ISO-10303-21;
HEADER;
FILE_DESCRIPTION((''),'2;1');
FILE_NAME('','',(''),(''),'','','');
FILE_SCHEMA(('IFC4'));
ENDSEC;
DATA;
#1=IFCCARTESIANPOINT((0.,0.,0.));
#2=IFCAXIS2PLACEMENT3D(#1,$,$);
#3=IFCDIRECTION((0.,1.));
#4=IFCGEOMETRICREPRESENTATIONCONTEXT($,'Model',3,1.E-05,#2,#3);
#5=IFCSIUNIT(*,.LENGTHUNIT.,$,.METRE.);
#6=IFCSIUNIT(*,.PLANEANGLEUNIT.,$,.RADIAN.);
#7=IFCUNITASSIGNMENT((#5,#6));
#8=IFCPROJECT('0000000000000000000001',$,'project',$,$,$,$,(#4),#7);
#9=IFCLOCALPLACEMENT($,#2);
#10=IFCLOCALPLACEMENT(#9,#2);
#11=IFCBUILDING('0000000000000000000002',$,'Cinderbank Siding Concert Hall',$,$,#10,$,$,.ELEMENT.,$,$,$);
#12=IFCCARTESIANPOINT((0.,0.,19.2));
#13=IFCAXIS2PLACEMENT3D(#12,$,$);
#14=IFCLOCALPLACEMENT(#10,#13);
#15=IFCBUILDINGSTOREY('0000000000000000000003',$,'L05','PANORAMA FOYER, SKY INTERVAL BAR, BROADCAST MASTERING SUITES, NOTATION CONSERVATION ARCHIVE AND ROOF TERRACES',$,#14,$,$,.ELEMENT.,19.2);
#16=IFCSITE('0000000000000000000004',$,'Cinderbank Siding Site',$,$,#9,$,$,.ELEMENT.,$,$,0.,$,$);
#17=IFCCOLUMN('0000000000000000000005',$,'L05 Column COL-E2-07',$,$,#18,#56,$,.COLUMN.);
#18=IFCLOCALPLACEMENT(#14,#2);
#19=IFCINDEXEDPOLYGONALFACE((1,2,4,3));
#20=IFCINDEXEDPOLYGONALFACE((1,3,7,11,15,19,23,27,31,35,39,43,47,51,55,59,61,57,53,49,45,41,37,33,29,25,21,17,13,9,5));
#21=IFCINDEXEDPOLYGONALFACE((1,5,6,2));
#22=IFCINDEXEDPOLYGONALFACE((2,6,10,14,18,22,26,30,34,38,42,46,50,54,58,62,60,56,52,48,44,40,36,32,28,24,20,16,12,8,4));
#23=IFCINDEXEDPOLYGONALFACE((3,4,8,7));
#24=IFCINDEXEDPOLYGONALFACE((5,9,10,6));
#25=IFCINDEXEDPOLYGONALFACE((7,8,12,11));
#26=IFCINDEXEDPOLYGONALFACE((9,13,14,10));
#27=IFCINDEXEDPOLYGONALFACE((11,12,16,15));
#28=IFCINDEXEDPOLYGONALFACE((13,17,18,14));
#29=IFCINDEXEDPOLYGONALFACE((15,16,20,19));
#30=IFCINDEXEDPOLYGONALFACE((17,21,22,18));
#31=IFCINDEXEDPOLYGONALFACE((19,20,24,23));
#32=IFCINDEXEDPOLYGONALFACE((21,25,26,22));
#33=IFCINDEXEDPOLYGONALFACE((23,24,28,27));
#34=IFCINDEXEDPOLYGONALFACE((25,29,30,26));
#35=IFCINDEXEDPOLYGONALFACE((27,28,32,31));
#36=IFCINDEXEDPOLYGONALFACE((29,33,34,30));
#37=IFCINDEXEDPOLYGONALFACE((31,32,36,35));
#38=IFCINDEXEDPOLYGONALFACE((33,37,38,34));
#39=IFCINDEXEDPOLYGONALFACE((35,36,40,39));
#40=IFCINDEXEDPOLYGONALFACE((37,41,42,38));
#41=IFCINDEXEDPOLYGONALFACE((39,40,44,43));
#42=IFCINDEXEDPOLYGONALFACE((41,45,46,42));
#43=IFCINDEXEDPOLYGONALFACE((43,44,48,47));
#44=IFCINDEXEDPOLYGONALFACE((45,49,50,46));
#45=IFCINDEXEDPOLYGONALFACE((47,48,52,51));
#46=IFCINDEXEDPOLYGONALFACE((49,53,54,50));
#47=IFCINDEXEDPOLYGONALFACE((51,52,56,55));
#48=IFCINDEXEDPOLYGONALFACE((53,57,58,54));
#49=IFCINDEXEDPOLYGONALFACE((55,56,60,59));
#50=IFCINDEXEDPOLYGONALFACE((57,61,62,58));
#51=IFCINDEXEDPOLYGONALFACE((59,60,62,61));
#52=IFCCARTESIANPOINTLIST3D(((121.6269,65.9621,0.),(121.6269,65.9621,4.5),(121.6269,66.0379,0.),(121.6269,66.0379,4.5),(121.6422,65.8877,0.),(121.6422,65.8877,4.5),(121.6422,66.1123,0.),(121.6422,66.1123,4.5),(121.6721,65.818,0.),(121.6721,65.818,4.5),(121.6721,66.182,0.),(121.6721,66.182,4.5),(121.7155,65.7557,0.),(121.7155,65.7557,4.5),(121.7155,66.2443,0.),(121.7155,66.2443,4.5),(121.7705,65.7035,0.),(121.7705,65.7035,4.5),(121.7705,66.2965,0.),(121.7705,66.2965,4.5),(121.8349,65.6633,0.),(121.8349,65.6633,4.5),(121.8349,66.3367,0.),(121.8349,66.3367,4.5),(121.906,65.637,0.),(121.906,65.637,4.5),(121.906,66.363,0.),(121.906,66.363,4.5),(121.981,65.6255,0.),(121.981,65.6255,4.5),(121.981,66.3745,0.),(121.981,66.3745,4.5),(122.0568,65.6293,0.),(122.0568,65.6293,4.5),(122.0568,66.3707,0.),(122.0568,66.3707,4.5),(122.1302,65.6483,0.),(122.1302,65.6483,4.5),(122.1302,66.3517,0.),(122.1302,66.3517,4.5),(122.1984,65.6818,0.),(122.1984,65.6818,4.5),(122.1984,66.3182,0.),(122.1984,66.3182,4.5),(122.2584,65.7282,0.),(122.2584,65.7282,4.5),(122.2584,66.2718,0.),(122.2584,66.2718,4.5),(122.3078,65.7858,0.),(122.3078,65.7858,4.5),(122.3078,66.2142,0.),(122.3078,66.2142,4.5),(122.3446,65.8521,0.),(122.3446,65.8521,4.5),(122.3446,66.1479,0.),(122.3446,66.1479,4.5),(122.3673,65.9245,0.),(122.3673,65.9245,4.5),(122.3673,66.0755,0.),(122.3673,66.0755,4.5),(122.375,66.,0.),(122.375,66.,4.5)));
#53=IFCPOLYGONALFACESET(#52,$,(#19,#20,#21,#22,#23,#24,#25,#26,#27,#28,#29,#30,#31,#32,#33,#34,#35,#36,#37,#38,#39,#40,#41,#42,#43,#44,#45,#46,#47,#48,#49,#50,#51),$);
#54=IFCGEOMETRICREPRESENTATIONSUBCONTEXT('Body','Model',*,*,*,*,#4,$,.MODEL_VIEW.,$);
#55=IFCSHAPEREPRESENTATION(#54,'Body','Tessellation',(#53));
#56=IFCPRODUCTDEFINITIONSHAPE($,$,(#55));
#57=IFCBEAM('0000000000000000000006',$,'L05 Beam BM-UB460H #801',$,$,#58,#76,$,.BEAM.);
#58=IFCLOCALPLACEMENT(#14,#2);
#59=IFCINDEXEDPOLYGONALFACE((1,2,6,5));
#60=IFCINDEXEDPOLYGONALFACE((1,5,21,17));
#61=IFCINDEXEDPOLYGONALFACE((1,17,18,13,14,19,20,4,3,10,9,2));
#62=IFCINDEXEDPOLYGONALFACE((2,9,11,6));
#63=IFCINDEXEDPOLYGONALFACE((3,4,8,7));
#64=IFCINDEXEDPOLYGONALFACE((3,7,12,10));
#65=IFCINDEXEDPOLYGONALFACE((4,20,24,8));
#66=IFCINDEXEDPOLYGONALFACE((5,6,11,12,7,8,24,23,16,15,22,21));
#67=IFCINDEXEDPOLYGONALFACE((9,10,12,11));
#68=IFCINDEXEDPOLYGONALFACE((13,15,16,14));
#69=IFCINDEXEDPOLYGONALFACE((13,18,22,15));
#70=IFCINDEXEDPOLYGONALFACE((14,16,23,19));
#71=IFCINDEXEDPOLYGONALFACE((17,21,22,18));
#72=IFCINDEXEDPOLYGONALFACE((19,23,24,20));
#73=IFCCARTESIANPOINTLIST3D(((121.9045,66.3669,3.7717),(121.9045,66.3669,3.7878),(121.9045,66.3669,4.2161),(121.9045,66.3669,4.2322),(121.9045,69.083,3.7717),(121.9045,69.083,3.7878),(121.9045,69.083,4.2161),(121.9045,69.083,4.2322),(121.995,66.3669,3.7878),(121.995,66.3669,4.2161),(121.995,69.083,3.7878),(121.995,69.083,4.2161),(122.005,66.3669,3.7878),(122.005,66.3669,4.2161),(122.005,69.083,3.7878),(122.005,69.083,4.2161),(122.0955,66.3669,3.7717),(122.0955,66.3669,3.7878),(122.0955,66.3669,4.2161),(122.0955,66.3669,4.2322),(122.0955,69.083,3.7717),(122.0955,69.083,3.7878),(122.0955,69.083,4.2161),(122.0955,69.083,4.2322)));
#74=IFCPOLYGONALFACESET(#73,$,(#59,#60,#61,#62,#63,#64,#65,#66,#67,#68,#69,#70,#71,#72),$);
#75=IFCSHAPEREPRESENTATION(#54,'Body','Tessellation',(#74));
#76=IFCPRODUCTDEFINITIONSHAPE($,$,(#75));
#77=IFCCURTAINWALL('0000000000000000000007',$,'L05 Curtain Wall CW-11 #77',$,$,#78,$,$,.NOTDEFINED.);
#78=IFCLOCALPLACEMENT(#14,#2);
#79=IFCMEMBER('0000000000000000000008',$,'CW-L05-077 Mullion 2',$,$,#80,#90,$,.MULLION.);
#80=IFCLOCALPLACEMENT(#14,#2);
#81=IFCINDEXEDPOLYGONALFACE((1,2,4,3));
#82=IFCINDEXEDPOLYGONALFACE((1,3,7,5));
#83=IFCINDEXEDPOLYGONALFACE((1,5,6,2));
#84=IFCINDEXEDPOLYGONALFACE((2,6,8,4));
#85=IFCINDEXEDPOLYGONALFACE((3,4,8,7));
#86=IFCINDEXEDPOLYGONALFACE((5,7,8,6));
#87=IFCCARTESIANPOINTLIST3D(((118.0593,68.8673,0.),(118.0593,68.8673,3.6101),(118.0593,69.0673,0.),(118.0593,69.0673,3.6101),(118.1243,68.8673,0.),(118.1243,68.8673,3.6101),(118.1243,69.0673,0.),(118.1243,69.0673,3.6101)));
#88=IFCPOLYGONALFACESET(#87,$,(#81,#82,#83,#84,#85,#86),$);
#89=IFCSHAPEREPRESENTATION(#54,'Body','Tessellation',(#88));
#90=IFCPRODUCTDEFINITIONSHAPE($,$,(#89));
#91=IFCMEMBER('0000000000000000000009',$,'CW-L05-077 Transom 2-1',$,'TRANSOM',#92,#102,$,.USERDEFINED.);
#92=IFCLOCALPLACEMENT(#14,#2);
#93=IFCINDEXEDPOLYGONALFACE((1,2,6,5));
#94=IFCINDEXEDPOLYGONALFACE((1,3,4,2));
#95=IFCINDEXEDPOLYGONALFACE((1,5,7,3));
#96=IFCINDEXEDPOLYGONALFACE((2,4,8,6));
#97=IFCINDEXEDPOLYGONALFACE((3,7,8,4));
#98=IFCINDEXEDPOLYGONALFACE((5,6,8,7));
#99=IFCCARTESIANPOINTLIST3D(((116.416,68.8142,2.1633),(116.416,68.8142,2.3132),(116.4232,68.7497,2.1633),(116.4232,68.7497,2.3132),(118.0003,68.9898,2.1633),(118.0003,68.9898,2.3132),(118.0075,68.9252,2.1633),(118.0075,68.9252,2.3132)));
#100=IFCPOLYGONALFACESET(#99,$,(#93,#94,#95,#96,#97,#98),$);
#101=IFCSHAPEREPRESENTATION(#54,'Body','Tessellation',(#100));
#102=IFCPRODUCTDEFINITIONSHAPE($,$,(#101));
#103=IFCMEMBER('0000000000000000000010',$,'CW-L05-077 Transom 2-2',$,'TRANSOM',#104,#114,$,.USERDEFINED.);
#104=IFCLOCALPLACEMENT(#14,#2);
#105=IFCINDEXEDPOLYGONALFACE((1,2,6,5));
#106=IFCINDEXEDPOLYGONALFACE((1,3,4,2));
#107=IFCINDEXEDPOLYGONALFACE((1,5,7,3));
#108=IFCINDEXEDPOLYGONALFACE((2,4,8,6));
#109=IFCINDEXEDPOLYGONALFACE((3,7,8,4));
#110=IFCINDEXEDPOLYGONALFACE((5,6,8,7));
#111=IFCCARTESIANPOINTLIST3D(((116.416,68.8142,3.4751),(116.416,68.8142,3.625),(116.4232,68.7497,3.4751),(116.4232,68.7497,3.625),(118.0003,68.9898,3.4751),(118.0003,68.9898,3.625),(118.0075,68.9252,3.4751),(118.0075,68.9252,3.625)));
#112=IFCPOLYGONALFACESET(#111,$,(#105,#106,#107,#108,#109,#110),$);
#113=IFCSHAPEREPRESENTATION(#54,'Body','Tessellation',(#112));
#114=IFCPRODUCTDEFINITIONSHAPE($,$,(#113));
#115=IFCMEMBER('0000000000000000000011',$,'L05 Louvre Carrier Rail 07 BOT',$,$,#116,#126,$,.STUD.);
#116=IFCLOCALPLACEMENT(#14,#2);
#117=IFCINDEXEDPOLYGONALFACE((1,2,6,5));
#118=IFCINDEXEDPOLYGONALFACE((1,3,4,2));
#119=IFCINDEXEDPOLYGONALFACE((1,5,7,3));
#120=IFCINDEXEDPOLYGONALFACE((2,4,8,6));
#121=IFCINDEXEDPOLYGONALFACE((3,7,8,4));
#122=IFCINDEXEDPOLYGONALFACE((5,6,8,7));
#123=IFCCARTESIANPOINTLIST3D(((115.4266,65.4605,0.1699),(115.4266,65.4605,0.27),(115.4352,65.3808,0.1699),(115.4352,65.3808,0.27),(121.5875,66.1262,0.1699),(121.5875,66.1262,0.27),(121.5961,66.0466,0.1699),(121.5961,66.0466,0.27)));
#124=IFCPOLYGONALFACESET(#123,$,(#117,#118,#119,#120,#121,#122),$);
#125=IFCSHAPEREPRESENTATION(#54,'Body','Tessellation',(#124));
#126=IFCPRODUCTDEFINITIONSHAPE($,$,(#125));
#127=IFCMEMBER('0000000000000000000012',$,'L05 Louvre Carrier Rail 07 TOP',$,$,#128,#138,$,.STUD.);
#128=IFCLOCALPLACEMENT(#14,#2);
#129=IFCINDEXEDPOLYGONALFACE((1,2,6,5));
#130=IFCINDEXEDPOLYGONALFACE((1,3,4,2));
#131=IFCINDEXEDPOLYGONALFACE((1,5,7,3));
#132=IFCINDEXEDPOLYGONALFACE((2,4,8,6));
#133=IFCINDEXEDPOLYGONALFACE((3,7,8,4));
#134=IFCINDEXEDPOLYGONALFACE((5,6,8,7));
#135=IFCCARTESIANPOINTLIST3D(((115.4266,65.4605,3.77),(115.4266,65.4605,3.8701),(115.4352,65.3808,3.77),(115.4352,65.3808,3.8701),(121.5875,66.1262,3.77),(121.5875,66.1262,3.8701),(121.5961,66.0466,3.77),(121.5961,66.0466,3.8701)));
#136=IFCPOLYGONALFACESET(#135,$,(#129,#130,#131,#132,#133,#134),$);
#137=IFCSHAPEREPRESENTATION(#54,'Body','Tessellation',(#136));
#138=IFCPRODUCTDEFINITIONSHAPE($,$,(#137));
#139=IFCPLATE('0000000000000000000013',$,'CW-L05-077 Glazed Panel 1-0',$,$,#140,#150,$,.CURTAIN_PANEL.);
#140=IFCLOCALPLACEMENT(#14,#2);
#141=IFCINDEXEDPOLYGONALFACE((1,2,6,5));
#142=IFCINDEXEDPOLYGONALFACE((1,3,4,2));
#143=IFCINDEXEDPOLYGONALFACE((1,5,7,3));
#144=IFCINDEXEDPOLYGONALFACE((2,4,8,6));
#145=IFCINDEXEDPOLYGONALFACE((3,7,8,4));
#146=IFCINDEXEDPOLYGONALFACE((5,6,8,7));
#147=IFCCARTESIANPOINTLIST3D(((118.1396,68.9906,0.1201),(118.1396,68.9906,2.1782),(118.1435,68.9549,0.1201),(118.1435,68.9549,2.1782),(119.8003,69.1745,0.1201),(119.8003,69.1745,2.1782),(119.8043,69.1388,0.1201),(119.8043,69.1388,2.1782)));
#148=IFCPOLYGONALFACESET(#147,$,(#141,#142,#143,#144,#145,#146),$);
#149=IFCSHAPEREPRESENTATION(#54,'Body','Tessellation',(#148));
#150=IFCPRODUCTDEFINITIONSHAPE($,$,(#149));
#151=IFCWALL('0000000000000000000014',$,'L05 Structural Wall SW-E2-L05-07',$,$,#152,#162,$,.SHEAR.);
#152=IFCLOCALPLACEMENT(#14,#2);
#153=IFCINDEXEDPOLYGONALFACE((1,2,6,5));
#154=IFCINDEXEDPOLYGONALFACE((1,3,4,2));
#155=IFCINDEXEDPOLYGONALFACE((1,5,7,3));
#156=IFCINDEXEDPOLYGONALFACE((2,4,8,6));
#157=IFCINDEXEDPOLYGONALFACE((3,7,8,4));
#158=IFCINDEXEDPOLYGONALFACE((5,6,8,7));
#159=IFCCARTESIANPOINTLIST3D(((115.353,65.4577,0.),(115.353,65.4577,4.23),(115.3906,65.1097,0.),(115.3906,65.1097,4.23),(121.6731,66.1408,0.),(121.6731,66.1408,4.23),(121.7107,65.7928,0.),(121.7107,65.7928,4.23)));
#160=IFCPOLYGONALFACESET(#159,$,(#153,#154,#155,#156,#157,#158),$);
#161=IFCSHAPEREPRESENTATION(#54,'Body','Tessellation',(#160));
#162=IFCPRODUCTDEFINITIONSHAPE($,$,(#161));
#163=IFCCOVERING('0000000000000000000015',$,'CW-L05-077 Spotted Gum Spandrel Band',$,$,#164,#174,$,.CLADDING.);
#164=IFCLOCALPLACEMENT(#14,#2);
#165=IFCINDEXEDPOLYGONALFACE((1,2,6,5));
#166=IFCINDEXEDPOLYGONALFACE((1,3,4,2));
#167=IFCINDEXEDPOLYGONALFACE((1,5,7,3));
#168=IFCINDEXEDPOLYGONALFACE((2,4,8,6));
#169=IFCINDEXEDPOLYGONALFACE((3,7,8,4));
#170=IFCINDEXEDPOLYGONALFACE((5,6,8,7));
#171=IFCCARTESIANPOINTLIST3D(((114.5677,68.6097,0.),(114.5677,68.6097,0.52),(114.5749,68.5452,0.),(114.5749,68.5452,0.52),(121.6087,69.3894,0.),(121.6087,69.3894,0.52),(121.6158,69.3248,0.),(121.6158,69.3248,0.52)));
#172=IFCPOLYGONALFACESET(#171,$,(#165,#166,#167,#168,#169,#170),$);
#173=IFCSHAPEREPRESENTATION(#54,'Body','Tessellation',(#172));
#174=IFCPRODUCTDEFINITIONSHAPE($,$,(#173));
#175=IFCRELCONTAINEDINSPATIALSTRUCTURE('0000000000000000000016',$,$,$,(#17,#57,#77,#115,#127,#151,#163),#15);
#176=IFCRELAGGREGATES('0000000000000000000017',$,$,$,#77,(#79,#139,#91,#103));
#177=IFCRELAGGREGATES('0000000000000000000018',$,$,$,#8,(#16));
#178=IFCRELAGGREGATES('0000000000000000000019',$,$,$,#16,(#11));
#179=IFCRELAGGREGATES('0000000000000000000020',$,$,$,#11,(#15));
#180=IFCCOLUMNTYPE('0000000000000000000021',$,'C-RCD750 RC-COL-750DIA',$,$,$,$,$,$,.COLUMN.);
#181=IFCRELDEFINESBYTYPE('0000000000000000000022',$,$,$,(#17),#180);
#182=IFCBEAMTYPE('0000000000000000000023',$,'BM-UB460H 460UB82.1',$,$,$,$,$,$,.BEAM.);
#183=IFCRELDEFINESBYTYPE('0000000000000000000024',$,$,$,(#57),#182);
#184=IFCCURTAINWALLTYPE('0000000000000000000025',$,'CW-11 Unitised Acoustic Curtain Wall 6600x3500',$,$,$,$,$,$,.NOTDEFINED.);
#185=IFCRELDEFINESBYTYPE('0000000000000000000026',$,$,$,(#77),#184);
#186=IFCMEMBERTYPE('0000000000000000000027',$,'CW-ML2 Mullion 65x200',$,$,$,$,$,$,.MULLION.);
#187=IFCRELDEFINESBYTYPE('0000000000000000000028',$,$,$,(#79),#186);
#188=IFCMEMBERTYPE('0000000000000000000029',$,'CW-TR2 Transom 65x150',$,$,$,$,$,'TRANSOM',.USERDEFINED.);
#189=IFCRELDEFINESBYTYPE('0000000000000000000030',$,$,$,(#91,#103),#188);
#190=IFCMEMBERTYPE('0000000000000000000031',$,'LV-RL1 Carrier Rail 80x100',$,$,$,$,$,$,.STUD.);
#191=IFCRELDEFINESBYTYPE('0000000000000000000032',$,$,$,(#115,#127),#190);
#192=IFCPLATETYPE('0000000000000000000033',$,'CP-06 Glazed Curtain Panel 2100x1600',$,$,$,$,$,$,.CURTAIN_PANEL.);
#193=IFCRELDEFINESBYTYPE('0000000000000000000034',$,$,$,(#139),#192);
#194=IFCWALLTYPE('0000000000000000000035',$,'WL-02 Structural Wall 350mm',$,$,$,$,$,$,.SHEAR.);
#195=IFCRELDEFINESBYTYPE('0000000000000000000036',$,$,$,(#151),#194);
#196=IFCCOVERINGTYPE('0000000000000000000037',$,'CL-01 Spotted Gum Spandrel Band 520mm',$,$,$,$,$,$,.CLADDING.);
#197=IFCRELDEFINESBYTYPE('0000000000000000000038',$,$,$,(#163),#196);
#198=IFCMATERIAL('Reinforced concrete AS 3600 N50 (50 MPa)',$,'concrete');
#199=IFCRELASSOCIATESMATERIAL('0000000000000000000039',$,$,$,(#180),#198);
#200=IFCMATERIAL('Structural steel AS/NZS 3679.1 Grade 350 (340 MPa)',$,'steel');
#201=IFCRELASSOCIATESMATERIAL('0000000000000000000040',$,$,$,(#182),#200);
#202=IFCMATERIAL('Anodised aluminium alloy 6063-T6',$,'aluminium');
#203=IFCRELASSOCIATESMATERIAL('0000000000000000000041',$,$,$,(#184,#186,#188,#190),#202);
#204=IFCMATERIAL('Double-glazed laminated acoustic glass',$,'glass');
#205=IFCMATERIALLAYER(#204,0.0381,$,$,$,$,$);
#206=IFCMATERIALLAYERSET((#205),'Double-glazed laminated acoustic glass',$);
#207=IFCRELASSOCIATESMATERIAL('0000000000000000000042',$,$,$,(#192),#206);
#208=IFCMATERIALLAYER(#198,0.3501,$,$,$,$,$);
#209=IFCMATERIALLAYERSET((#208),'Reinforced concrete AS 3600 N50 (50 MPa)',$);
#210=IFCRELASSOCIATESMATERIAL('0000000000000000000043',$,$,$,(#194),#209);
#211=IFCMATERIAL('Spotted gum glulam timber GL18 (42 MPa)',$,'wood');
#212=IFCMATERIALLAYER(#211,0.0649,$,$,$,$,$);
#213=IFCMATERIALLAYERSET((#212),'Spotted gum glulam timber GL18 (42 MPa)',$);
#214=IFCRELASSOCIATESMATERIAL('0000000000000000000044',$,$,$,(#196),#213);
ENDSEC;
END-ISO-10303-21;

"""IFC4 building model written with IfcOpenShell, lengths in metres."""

from ifc_helpers import new_model, si_unit, direction, frame, frame_2d, origin, origin_2d, place, context, subcontext, project, spatial, rectangle, circle, i_section, extrude, material, layer, layer_set, material_profile, profile_set, type_object, element, aggregate, save


model = new_model("IFC4")

# Units and contexts
model_context = context("Model", 3, precision=1e-05, world=origin(), true_north=direction((0.0, 1.0)))
body_context = subcontext(model_context, "Body", "Model", "MODEL_VIEW")
ifc_project = project(units=[si_unit("LENGTHUNIT", "METRE"), si_unit("PLANEANGLEUNIT", "RADIAN")], contexts=[model_context])

# Site, building, storey
site_placement = place(None, origin())
site = spatial("IfcSite", under=ifc_project, at=site_placement, Name="Cinderbank Siding Site", CompositionType="ELEMENT", RefElevation=0.0)
building_placement = place(site_placement, origin())
building = spatial("IfcBuilding", under=site, at=building_placement, Name="Cinderbank Siding Concert Hall", CompositionType="ELEMENT")
storey_placement = place(building_placement, frame((0.0, 0.0, 19.2)))
storey = spatial("IfcBuildingStorey", under=building, at=storey_placement, Name="L05", Description="PANORAMA FOYER, SKY INTERVAL BAR, BROADCAST MASTERING SUITES, NOTATION CONSERVATION ARCHIVE AND ROOF TERRACES", CompositionType="ELEMENT", Elevation=19.2)

# Column
ifc_material_1 = material(Name="Reinforced concrete AS 3600 N50 (50 MPa)", Category="concrete")
ifc_material_profile_1 = material_profile(ifc_material_1, circle(Radius=0.375, at=origin_2d()), Name="RC-COL-750DIA", Category="LoadBearing")
ifc_profile_set_1 = profile_set([ifc_material_profile_1], Name="Reinforced concrete AS 3600 N50 (50 MPa)")
column_type = type_object("IfcColumnType", Name="C-RCD750 RC-COL-750DIA", PredefinedType="COLUMN", material=ifc_profile_set_1)
column_placement = place(storey_placement, frame((122.0, 66.0, 0.0), z_axis=(0.0, 0.0, 1.0), x_axis=(1.0, 0.0, 0.0)))
element("IfcColumn", 1, at=column_placement, inside=storey, type_object=column_type, Name="L05 Column COL-E2-07", PredefinedType="COLUMN", context=body_context, shape_type="SweptSolid", body=[
    extrude(circle(Radius=0.375, at=origin_2d()), origin(), (0.0, 0.0, 1.0), 4.5),
])

# Beam
ifc_material_2 = material(Name="Structural steel AS/NZS 3679.1 Grade 350 (340 MPa)", Category="steel")
ifc_material_profile_2 = material_profile(ifc_material_2, i_section(OverallWidth=0.1909, OverallDepth=0.4604, WebThickness=0.01, FlangeThickness=0.0161, at=origin_2d()), Name="460UB82.1", Category="LoadBearing")
ifc_profile_set_2 = profile_set([ifc_material_profile_2], Name="Structural steel AS/NZS 3679.1 Grade 350 (340 MPa)")
beam_type = type_object("IfcBeamType", Name="BM-UB460H 460UB82.1", PredefinedType="BEAM", material=ifc_profile_set_2)
beam_placement = place(storey_placement, frame((122.0, 66.3669, 4.002), z_axis=(0.0, 1.0, 0.0), x_axis=(-1.0, 0.0, 0.0)))
element("IfcBeam", 2, at=beam_placement, inside=storey, type_object=beam_type, Name="L05 Beam BM-UB460H #801", PredefinedType="BEAM", context=body_context, shape_type="SweptSolid", body=[
    extrude(i_section(OverallWidth=0.1909, OverallDepth=0.4604, WebThickness=0.01, FlangeThickness=0.0161, at=origin_2d()), origin(), (0.0, 0.0, 1.0), 2.7161),
])

# Curtain wall, members
ifc_material_3 = material(Name="Anodised aluminium alloy 6063-T6", Category="aluminium")
curtain_wall_type = type_object("IfcCurtainWallType", Name="CW-11 Unitised Acoustic Curtain Wall 6600x3500", PredefinedType="NOTDEFINED", material=ifc_material_3)
curtain_wall_placement = place(storey_placement, origin())
curtain_wall = element("IfcCurtainWall", 3, at=curtain_wall_placement, inside=storey, type_object=curtain_wall_type, Name="L05 Curtain Wall CW-11 #77", PredefinedType="NOTDEFINED")
ifc_material_profile_3 = material_profile(ifc_material_3, rectangle(XDim=0.0649, YDim=0.2, at=origin_2d()), Name="ALU-MULL-65x200", Category="LoadBearing")
ifc_profile_set_3 = profile_set([ifc_material_profile_3], Name="Anodised aluminium alloy 6063-T6")
member_type_1 = type_object("IfcMemberType", Name="CW-ML2 Mullion 65x200", PredefinedType="MULLION", material=ifc_profile_set_3)
member_1_placement = place(storey_placement, frame((118.0918, 68.9673, 0.0), z_axis=(0.0, 0.0, 1.0), x_axis=(1.0, 0.0, 0.0)))
member_1 = element("IfcMember", 4, at=member_1_placement, type_object=member_type_1, Name="CW-L05-077 Mullion 2", PredefinedType="MULLION", context=body_context, shape_type="SweptSolid", body=[
    extrude(rectangle(XDim=0.0649, YDim=0.2, at=origin_2d()), origin(), (0.0, 0.0, 1.0), 3.6101),
])
ifc_material_profile_4 = material_profile(ifc_material_3, rectangle(XDim=0.0649, YDim=0.1499, at=origin_2d()), Name="ALU-TRAN-65x150", Category="LoadBearing")
ifc_profile_set_4 = profile_set([ifc_material_profile_4], Name="Anodised aluminium alloy 6063-T6")
member_type_2 = type_object("IfcMemberType", Name="CW-TR2 Transom 65x150", ElementType="TRANSOM", PredefinedType="USERDEFINED", material=ifc_profile_set_4)
member_2_placement = place(storey_placement, frame((118.0039, 68.9575, 2.2383), z_axis=(-0.993917, -0.110129, 0.0), x_axis=(0.110129, -0.993917, 0.0)))
member_2 = element("IfcMember", 5, at=member_2_placement, type_object=member_type_2, Name="CW-L05-077 Transom 2-1", ObjectType="TRANSOM", PredefinedType="USERDEFINED", context=body_context, shape_type="SweptSolid", body=[
    extrude(rectangle(XDim=0.0649, YDim=0.1499, at=origin_2d()), origin(), (0.0, 0.0, 1.0), 1.594),
])
member_3_placement = place(storey_placement, frame((118.0039, 68.9575, 3.55), z_axis=(-0.993917, -0.110129, 0.0), x_axis=(0.110129, -0.993917, 0.0)))
member_3 = element("IfcMember", 6, at=member_3_placement, type_object=member_type_2, Name="CW-L05-077 Transom 2-2", ObjectType="TRANSOM", PredefinedType="USERDEFINED", context=body_context, shape_type="SweptSolid", body=[
    extrude(rectangle(XDim=0.0649, YDim=0.1499, at=origin_2d()), origin(), (0.0, 0.0, 1.0), 1.594),
])

# Members
ifc_material_profile_5 = material_profile(ifc_material_3, rectangle(XDim=0.0801, YDim=0.1001, at=origin_2d()), Name="ALU-RAIL-80x100", Category="LoadBearing")
ifc_profile_set_5 = profile_set([ifc_material_profile_5], Name="Anodised aluminium alloy 6063-T6")
member_type_3 = type_object("IfcMemberType", Name="LV-RL1 Carrier Rail 80x100", PredefinedType="STUD", material=ifc_profile_set_5)
for number, where, z_axis, x_axis, name in (
    (7, (121.5918, 66.0864, 0.22), (-0.994212, -0.107439, 0.0), (0.107439, -0.994212, 0.0), "L05 Louvre Carrier Rail 07 BOT"),
    (8, (121.5918, 66.0864, 3.8201), (-0.994212, -0.107439, 0.0), (0.107439, -0.994212, 0.0), "L05 Louvre Carrier Rail 07 TOP"),
):
    element("IfcMember", number, at=place(storey_placement, frame(where, z_axis=z_axis, x_axis=x_axis)), inside=storey, type_object=member_type_3, Name=name, PredefinedType="STUD", context=body_context, shape_type="SweptSolid", body=[
        extrude(rectangle(XDim=0.0801, YDim=0.1001, at=origin_2d()), origin(), (0.0, 0.0, 1.0), 6.1968),
    ])

# Plate
ifc_material_4 = material(Name="Double-glazed laminated acoustic glass", Category="glass")
ifc_layer_1 = layer(ifc_material_4, 0.0381)
ifc_layer_set_1 = layer_set([ifc_layer_1], Name="Double-glazed laminated acoustic glass")
plate_type = type_object("IfcPlateType", Name="CP-06 Glazed Curtain Panel 2100x1600", PredefinedType="CURTAIN_PANEL", material=ifc_layer_set_1)
plate_placement = place(storey_placement, frame((118.9719, 69.0647, 0.1201), z_axis=(0.0, 0.0, 1.0), x_axis=(-0.993925, -0.110057, 0.0)))
plate = element("IfcPlate", 9, at=plate_placement, type_object=plate_type, Name="CW-L05-077 Glazed Panel 1-0", PredefinedType="CURTAIN_PANEL", context=body_context, shape_type="SweptSolid", body=[
    extrude(rectangle(XDim=1.6709, YDim=0.0359, at=origin_2d()), origin(), (0.0, 0.0, 1.0), 2.0581),
])
aggregate(curtain_wall, [member_1, plate, member_2, member_3])

# Wall
ifc_layer_2 = layer(ifc_material_1, 0.3501)
ifc_layer_set_2 = layer_set([ifc_layer_2], Name="Reinforced concrete AS 3600 N50 (50 MPa)")
wall_type = type_object("IfcWallType", Name="WL-02 Structural Wall 350mm", PredefinedType="SHEAR", material=ifc_layer_set_2)
wall_placement = place(storey_placement, frame((121.6919, 65.9668, 0.0), z_axis=(0.0, 0.0, 1.0), x_axis=(-0.994209, -0.107459, 0.0)))
element("IfcWall", 10, at=wall_placement, inside=storey, type_object=wall_type, Name="L05 Structural Wall SW-E2-L05-07", PredefinedType="SHEAR", context=body_context, shape_type="SweptSolid", body=[
    extrude(rectangle(XDim=6.3569, YDim=0.3501, at=frame_2d((3.1785, 0.0))), origin(), (0.0, 0.0, 1.0), 4.23),
])

# Covering
ifc_material_5 = material(Name="Spotted gum glulam timber GL18 (42 MPa)", Category="wood")
ifc_layer_3 = layer(ifc_material_5, 0.0649)
ifc_layer_set_3 = layer_set([ifc_layer_3], Name="Spotted gum glulam timber GL18 (42 MPa)")
covering_type = type_object("IfcCoveringType", Name="CL-01 Spotted Gum Spandrel Band 520mm", PredefinedType="CLADDING", material=ifc_layer_set_3)
covering_placement = place(storey_placement, frame((118.0918, 68.9673, 0.0), z_axis=(0.0, 0.0, 1.0), x_axis=(-0.993925, -0.110057, 0.0)))
element("IfcCovering", 11, at=covering_placement, inside=storey, type_object=covering_type, Name="CW-L05-077 Spotted Gum Spandrel Band", PredefinedType="CLADDING", context=body_context, shape_type="SweptSolid", body=[
    extrude(rectangle(XDim=7.084, YDim=0.0649, at=origin_2d()), origin(), (0.0, 0.0, 1.0), 0.52),
])

save(model, "model.ifc")
